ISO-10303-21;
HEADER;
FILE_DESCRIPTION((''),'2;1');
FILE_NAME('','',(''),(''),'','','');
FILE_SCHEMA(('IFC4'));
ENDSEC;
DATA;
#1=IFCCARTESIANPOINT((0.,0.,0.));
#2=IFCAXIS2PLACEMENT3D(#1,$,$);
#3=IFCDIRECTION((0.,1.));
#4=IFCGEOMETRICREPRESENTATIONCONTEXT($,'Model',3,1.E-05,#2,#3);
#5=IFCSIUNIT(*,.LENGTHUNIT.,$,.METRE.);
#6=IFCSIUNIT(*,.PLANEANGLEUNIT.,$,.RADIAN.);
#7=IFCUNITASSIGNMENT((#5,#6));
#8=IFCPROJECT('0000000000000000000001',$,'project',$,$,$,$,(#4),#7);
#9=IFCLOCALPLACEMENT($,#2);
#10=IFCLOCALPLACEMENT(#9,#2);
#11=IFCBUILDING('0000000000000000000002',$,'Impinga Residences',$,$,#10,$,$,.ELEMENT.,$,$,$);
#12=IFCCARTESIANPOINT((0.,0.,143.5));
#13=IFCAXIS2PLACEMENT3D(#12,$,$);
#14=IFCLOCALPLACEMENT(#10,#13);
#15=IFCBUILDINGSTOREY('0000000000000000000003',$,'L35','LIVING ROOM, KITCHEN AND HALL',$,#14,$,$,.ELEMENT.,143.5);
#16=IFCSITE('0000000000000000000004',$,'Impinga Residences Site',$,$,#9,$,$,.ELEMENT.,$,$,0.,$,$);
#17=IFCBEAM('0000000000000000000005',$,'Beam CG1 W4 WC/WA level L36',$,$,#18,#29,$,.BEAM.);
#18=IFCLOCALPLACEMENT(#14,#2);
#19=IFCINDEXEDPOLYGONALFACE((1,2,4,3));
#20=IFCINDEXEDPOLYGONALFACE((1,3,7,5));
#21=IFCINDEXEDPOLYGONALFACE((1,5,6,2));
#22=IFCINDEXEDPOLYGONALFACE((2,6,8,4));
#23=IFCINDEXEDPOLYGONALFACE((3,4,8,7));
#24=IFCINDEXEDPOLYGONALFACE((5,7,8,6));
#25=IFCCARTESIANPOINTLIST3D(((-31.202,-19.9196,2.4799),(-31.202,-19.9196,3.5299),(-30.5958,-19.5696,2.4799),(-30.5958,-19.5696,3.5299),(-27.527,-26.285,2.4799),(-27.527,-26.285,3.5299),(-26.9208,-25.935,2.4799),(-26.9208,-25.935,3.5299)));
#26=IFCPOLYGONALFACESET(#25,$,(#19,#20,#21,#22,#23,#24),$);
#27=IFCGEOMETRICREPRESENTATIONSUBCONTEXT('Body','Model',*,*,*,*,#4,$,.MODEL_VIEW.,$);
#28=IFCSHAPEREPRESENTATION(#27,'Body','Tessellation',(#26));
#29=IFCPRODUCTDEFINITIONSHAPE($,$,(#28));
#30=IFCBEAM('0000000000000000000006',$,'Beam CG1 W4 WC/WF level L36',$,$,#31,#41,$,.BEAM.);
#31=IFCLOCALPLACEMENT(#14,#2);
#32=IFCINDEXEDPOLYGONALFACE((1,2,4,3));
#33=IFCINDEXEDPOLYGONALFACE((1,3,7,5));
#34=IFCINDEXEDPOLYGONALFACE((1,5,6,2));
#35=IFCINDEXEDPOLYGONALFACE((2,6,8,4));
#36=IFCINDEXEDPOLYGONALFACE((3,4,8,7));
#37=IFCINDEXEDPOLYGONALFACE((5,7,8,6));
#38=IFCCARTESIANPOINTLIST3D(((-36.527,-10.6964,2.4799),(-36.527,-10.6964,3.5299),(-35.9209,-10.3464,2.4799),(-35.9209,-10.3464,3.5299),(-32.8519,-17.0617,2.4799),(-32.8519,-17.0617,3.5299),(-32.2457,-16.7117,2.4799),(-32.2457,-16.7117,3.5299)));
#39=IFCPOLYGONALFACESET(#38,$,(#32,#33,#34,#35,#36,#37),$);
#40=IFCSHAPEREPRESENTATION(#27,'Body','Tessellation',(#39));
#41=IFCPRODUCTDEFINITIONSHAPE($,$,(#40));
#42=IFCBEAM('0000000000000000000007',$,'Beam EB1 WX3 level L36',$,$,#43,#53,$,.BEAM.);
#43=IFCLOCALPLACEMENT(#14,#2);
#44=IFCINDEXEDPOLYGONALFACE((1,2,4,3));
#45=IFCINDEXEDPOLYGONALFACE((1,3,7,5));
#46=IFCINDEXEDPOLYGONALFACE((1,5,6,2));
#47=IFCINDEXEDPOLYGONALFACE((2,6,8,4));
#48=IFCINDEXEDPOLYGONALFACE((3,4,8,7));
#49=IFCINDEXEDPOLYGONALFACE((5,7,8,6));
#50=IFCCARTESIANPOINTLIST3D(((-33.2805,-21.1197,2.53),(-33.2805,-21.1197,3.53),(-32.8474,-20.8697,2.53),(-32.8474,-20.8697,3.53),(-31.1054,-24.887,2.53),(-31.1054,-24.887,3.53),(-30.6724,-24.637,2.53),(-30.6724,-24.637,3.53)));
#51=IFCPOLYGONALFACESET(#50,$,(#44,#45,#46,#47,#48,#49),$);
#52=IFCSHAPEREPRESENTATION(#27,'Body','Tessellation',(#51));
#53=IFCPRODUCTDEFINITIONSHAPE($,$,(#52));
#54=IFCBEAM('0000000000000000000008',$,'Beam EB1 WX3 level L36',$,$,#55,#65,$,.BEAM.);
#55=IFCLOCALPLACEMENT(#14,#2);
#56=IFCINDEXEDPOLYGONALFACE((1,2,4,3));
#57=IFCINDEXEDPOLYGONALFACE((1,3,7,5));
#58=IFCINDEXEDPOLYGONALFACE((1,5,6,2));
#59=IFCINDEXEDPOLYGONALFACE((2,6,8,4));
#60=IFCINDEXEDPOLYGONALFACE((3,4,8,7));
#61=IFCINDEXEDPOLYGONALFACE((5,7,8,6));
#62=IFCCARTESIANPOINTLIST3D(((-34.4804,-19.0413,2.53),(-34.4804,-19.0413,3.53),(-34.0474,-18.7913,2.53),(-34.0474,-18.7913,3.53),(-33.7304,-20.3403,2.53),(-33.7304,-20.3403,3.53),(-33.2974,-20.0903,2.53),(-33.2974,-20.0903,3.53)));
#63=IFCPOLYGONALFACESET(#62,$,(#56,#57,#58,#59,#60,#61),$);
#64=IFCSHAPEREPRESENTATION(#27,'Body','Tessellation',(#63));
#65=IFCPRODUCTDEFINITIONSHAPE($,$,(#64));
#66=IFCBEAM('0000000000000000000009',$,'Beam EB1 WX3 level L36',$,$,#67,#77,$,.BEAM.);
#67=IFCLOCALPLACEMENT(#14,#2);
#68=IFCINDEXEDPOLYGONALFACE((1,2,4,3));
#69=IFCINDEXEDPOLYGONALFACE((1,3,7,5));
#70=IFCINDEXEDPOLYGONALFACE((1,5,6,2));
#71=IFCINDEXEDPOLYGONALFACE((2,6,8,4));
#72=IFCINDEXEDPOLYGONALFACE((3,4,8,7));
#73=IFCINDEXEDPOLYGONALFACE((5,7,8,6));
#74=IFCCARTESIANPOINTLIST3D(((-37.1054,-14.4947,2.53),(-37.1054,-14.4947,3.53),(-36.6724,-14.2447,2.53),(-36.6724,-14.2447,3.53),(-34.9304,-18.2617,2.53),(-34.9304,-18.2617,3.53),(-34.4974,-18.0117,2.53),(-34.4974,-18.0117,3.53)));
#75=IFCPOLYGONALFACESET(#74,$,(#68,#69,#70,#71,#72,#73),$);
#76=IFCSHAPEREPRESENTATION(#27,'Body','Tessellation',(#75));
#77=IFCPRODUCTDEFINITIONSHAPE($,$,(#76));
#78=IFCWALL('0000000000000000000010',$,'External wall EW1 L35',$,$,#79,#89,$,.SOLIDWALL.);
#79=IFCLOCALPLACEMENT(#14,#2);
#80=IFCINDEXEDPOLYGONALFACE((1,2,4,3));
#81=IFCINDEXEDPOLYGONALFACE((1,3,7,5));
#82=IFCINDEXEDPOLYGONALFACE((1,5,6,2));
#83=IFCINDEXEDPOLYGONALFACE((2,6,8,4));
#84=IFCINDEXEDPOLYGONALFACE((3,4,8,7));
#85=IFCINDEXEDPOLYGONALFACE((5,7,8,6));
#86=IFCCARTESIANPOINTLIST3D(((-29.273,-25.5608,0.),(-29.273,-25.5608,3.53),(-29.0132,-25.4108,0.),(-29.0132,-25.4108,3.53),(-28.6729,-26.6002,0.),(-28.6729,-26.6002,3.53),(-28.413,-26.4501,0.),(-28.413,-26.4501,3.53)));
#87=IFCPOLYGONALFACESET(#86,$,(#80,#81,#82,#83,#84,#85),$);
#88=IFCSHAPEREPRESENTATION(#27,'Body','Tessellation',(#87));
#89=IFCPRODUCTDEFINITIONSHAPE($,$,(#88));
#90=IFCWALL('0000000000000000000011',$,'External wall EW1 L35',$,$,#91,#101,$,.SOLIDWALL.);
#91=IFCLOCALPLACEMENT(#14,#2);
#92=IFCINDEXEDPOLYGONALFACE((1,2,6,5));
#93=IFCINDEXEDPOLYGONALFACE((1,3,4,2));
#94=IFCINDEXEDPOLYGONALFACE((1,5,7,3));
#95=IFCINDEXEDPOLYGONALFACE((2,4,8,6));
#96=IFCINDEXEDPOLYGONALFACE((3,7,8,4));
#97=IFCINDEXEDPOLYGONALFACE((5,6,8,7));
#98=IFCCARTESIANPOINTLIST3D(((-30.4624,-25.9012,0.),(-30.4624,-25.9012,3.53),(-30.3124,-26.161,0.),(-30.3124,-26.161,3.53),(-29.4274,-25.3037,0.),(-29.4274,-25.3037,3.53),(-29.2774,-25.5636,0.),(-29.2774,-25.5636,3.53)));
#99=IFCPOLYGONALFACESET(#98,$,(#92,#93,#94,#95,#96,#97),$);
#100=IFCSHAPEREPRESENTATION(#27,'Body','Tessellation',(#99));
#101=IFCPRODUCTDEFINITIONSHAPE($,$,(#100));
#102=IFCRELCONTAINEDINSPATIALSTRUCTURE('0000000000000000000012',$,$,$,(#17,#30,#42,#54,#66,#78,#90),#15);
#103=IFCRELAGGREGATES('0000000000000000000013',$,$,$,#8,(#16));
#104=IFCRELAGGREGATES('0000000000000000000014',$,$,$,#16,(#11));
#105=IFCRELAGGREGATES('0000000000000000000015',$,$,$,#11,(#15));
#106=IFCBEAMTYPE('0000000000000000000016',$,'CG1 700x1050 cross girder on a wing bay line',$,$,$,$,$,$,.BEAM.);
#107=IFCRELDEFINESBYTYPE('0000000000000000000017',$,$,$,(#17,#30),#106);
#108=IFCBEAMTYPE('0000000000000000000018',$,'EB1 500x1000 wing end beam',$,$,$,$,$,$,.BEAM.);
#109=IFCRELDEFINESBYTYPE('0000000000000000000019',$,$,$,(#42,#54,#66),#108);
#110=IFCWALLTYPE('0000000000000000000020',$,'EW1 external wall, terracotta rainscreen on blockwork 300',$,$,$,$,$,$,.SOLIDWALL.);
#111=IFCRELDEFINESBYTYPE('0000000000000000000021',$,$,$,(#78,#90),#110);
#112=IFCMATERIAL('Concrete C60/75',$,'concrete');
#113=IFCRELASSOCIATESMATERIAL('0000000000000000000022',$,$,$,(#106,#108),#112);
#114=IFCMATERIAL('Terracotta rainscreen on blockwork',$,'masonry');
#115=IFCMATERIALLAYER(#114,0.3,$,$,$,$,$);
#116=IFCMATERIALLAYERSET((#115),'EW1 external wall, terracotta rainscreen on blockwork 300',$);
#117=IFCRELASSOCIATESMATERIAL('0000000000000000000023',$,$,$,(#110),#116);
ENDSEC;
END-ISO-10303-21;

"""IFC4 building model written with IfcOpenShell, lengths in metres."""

from ifc_helpers import new_model, si_unit, direction, frame, frame_2d, origin, origin_2d, place, context, subcontext, project, spatial, rectangle, extrude, material, layer, layer_set, material_profile, profile_set, type_object, element, save


model = new_model("IFC4")

# Units and contexts
model_context = context("Model", 3, precision=1e-05, world=origin(), true_north=direction((0.0, 1.0)))
body_context = subcontext(model_context, "Body", "Model", "MODEL_VIEW")
ifc_project = project(units=[si_unit("LENGTHUNIT", "METRE"), si_unit("PLANEANGLEUNIT", "RADIAN")], contexts=[model_context])

# Site, building, storey
site_placement = place(None, origin())
site = spatial("IfcSite", under=ifc_project, at=site_placement, Name="Impinga Residences Site", CompositionType="ELEMENT", RefElevation=0.0)
building_placement = place(site_placement, origin())
building = spatial("IfcBuilding", under=site, at=building_placement, Name="Impinga Residences", CompositionType="ELEMENT")
storey_placement = place(building_placement, frame((0.0, 0.0, 143.5)))
storey = spatial("IfcBuildingStorey", under=building, at=storey_placement, Name="L35", Description="LIVING ROOM, KITCHEN AND HALL", CompositionType="ELEMENT", Elevation=143.5)

# Beams
ifc_material_1 = material(Name="Concrete C60/75", Category="concrete")
ifc_material_profile_1 = material_profile(ifc_material_1, rectangle(XDim=0.7, YDim=1.05, at=origin_2d()), Name="RC 700x1050")
ifc_profile_set_1 = profile_set([ifc_material_profile_1], Name="Concrete C60/75")
beam_type_1 = type_object("IfcBeamType", Name="CG1 700x1050 cross girder on a wing bay line", PredefinedType="BEAM", material=ifc_profile_set_1)
for number, where, z_axis, x_axis, name in (
    (1, (-30.8989, -19.7446, 3.0049), (0.499994, -0.866029, 0.0), (0.866029, 0.499994, 0.0), "Beam CG1 W4 WC/WA level L36"),
    (2, (-32.5488, -16.8867, 3.0049), (-0.500008, 0.866021, 0.0), (-0.866021, -0.500008, 0.0), "Beam CG1 W4 WC/WF level L36"),
):
    element("IfcBeam", number, at=place(storey_placement, frame(where, z_axis=z_axis, x_axis=x_axis)), inside=storey, type_object=beam_type_1, Name=name, PredefinedType="BEAM", context=body_context, shape_type="SweptSolid", body=[
        extrude(rectangle(XDim=0.7, YDim=1.05, at=origin_2d()), origin(), (0.0, 0.0, 1.0), 7.3501),
    ])
ifc_material_profile_2 = material_profile(ifc_material_1, rectangle(XDim=0.5, YDim=1.0, at=origin_2d()), Name="RC 500x1000")
ifc_profile_set_2 = profile_set([ifc_material_profile_2], Name="Concrete C60/75")
beam_type_2 = type_object("IfcBeamType", Name="EB1 500x1000 wing end beam", PredefinedType="BEAM", material=ifc_profile_set_2)
beam_1_placement = place(storey_placement, frame((-30.8889, -24.762, 3.03), z_axis=(-0.499996, 0.866028, 0.0), x_axis=(-0.866028, -0.499996, 0.0)))
element("IfcBeam", 3, at=beam_1_placement, inside=storey, type_object=beam_type_2, Name="Beam EB1 WX3 level L36", PredefinedType="BEAM", context=body_context, shape_type="SweptSolid", body=[
    extrude(rectangle(XDim=0.5, YDim=1.0, at=origin_2d()), origin(), (0.0, 0.0, 1.0), 4.3501),
])
beam_2_placement = place(storey_placement, frame((-33.5139, -20.2153, 3.03), z_axis=(-0.49999, 0.866031, 0.0), x_axis=(-0.866031, -0.49999, 0.0)))
element("IfcBeam", 4, at=beam_2_placement, inside=storey, type_object=beam_type_2, Name="Beam EB1 WX3 level L36", PredefinedType="BEAM", context=body_context, shape_type="SweptSolid", body=[
    extrude(rectangle(XDim=0.5, YDim=1.0, at=origin_2d()), origin(), (0.0, 0.0, 1.0), 1.5),
])
beam_3_placement = place(storey_placement, frame((-34.7139, -18.1367, 3.03), z_axis=(-0.50002, 0.866014, 0.0), x_axis=(-0.866014, -0.50002, 0.0)))
element("IfcBeam", 5, at=beam_3_placement, inside=storey, type_object=beam_type_2, Name="Beam EB1 WX3 level L36", PredefinedType="BEAM", context=body_context, shape_type="SweptSolid", body=[
    extrude(rectangle(XDim=0.5, YDim=1.0, at=origin_2d()), origin(), (0.0, 0.0, 1.0), 4.3499),
])

# Walls
ifc_material_2 = material(Name="Terracotta rainscreen on blockwork", Category="masonry")
ifc_layer_1 = layer(ifc_material_2, 0.3)
ifc_layer_set_1 = layer_set([ifc_layer_1], Name="EW1 external wall, terracotta rainscreen on blockwork 300")
wall_type_1 = type_object("IfcWallType", Name="EW1 external wall, terracotta rainscreen on blockwork 300", PredefinedType="SOLIDWALL", material=ifc_layer_set_1)
wall_1_placement = place(storey_placement, frame((-28.543, -26.5251, 0.0), z_axis=(0.0, 0.0, 1.0), x_axis=(-0.500034, 0.866006, 0.0)))
element("IfcWall", 6, at=wall_1_placement, inside=storey, type_object=wall_type_1, Name="External wall EW1 L35", PredefinedType="SOLIDWALL", context=body_context, shape_type="SweptSolid", body=[
    extrude(rectangle(XDim=1.2002, YDim=0.3, at=frame_2d((0.6001, 0.0))), origin(), (0.0, 0.0, 1.0), 3.53),
])
wall_2_placement = place(storey_placement, frame((-29.3523, -25.4336, 0.0), z_axis=(0.0, 0.0, 1.0), x_axis=(-0.86606, -0.499941, 0.0)))
element("IfcWall", 7, at=wall_2_placement, inside=storey, type_object=wall_type_1, Name="External wall EW1 L35", PredefinedType="SOLIDWALL", context=body_context, shape_type="SweptSolid", body=[
    extrude(rectangle(XDim=1.1951, YDim=0.3, at=frame_2d((0.5977, 0.0))), origin(), (0.0, 0.0, 1.0), 3.53),
])

save(model, "model.ifc")
